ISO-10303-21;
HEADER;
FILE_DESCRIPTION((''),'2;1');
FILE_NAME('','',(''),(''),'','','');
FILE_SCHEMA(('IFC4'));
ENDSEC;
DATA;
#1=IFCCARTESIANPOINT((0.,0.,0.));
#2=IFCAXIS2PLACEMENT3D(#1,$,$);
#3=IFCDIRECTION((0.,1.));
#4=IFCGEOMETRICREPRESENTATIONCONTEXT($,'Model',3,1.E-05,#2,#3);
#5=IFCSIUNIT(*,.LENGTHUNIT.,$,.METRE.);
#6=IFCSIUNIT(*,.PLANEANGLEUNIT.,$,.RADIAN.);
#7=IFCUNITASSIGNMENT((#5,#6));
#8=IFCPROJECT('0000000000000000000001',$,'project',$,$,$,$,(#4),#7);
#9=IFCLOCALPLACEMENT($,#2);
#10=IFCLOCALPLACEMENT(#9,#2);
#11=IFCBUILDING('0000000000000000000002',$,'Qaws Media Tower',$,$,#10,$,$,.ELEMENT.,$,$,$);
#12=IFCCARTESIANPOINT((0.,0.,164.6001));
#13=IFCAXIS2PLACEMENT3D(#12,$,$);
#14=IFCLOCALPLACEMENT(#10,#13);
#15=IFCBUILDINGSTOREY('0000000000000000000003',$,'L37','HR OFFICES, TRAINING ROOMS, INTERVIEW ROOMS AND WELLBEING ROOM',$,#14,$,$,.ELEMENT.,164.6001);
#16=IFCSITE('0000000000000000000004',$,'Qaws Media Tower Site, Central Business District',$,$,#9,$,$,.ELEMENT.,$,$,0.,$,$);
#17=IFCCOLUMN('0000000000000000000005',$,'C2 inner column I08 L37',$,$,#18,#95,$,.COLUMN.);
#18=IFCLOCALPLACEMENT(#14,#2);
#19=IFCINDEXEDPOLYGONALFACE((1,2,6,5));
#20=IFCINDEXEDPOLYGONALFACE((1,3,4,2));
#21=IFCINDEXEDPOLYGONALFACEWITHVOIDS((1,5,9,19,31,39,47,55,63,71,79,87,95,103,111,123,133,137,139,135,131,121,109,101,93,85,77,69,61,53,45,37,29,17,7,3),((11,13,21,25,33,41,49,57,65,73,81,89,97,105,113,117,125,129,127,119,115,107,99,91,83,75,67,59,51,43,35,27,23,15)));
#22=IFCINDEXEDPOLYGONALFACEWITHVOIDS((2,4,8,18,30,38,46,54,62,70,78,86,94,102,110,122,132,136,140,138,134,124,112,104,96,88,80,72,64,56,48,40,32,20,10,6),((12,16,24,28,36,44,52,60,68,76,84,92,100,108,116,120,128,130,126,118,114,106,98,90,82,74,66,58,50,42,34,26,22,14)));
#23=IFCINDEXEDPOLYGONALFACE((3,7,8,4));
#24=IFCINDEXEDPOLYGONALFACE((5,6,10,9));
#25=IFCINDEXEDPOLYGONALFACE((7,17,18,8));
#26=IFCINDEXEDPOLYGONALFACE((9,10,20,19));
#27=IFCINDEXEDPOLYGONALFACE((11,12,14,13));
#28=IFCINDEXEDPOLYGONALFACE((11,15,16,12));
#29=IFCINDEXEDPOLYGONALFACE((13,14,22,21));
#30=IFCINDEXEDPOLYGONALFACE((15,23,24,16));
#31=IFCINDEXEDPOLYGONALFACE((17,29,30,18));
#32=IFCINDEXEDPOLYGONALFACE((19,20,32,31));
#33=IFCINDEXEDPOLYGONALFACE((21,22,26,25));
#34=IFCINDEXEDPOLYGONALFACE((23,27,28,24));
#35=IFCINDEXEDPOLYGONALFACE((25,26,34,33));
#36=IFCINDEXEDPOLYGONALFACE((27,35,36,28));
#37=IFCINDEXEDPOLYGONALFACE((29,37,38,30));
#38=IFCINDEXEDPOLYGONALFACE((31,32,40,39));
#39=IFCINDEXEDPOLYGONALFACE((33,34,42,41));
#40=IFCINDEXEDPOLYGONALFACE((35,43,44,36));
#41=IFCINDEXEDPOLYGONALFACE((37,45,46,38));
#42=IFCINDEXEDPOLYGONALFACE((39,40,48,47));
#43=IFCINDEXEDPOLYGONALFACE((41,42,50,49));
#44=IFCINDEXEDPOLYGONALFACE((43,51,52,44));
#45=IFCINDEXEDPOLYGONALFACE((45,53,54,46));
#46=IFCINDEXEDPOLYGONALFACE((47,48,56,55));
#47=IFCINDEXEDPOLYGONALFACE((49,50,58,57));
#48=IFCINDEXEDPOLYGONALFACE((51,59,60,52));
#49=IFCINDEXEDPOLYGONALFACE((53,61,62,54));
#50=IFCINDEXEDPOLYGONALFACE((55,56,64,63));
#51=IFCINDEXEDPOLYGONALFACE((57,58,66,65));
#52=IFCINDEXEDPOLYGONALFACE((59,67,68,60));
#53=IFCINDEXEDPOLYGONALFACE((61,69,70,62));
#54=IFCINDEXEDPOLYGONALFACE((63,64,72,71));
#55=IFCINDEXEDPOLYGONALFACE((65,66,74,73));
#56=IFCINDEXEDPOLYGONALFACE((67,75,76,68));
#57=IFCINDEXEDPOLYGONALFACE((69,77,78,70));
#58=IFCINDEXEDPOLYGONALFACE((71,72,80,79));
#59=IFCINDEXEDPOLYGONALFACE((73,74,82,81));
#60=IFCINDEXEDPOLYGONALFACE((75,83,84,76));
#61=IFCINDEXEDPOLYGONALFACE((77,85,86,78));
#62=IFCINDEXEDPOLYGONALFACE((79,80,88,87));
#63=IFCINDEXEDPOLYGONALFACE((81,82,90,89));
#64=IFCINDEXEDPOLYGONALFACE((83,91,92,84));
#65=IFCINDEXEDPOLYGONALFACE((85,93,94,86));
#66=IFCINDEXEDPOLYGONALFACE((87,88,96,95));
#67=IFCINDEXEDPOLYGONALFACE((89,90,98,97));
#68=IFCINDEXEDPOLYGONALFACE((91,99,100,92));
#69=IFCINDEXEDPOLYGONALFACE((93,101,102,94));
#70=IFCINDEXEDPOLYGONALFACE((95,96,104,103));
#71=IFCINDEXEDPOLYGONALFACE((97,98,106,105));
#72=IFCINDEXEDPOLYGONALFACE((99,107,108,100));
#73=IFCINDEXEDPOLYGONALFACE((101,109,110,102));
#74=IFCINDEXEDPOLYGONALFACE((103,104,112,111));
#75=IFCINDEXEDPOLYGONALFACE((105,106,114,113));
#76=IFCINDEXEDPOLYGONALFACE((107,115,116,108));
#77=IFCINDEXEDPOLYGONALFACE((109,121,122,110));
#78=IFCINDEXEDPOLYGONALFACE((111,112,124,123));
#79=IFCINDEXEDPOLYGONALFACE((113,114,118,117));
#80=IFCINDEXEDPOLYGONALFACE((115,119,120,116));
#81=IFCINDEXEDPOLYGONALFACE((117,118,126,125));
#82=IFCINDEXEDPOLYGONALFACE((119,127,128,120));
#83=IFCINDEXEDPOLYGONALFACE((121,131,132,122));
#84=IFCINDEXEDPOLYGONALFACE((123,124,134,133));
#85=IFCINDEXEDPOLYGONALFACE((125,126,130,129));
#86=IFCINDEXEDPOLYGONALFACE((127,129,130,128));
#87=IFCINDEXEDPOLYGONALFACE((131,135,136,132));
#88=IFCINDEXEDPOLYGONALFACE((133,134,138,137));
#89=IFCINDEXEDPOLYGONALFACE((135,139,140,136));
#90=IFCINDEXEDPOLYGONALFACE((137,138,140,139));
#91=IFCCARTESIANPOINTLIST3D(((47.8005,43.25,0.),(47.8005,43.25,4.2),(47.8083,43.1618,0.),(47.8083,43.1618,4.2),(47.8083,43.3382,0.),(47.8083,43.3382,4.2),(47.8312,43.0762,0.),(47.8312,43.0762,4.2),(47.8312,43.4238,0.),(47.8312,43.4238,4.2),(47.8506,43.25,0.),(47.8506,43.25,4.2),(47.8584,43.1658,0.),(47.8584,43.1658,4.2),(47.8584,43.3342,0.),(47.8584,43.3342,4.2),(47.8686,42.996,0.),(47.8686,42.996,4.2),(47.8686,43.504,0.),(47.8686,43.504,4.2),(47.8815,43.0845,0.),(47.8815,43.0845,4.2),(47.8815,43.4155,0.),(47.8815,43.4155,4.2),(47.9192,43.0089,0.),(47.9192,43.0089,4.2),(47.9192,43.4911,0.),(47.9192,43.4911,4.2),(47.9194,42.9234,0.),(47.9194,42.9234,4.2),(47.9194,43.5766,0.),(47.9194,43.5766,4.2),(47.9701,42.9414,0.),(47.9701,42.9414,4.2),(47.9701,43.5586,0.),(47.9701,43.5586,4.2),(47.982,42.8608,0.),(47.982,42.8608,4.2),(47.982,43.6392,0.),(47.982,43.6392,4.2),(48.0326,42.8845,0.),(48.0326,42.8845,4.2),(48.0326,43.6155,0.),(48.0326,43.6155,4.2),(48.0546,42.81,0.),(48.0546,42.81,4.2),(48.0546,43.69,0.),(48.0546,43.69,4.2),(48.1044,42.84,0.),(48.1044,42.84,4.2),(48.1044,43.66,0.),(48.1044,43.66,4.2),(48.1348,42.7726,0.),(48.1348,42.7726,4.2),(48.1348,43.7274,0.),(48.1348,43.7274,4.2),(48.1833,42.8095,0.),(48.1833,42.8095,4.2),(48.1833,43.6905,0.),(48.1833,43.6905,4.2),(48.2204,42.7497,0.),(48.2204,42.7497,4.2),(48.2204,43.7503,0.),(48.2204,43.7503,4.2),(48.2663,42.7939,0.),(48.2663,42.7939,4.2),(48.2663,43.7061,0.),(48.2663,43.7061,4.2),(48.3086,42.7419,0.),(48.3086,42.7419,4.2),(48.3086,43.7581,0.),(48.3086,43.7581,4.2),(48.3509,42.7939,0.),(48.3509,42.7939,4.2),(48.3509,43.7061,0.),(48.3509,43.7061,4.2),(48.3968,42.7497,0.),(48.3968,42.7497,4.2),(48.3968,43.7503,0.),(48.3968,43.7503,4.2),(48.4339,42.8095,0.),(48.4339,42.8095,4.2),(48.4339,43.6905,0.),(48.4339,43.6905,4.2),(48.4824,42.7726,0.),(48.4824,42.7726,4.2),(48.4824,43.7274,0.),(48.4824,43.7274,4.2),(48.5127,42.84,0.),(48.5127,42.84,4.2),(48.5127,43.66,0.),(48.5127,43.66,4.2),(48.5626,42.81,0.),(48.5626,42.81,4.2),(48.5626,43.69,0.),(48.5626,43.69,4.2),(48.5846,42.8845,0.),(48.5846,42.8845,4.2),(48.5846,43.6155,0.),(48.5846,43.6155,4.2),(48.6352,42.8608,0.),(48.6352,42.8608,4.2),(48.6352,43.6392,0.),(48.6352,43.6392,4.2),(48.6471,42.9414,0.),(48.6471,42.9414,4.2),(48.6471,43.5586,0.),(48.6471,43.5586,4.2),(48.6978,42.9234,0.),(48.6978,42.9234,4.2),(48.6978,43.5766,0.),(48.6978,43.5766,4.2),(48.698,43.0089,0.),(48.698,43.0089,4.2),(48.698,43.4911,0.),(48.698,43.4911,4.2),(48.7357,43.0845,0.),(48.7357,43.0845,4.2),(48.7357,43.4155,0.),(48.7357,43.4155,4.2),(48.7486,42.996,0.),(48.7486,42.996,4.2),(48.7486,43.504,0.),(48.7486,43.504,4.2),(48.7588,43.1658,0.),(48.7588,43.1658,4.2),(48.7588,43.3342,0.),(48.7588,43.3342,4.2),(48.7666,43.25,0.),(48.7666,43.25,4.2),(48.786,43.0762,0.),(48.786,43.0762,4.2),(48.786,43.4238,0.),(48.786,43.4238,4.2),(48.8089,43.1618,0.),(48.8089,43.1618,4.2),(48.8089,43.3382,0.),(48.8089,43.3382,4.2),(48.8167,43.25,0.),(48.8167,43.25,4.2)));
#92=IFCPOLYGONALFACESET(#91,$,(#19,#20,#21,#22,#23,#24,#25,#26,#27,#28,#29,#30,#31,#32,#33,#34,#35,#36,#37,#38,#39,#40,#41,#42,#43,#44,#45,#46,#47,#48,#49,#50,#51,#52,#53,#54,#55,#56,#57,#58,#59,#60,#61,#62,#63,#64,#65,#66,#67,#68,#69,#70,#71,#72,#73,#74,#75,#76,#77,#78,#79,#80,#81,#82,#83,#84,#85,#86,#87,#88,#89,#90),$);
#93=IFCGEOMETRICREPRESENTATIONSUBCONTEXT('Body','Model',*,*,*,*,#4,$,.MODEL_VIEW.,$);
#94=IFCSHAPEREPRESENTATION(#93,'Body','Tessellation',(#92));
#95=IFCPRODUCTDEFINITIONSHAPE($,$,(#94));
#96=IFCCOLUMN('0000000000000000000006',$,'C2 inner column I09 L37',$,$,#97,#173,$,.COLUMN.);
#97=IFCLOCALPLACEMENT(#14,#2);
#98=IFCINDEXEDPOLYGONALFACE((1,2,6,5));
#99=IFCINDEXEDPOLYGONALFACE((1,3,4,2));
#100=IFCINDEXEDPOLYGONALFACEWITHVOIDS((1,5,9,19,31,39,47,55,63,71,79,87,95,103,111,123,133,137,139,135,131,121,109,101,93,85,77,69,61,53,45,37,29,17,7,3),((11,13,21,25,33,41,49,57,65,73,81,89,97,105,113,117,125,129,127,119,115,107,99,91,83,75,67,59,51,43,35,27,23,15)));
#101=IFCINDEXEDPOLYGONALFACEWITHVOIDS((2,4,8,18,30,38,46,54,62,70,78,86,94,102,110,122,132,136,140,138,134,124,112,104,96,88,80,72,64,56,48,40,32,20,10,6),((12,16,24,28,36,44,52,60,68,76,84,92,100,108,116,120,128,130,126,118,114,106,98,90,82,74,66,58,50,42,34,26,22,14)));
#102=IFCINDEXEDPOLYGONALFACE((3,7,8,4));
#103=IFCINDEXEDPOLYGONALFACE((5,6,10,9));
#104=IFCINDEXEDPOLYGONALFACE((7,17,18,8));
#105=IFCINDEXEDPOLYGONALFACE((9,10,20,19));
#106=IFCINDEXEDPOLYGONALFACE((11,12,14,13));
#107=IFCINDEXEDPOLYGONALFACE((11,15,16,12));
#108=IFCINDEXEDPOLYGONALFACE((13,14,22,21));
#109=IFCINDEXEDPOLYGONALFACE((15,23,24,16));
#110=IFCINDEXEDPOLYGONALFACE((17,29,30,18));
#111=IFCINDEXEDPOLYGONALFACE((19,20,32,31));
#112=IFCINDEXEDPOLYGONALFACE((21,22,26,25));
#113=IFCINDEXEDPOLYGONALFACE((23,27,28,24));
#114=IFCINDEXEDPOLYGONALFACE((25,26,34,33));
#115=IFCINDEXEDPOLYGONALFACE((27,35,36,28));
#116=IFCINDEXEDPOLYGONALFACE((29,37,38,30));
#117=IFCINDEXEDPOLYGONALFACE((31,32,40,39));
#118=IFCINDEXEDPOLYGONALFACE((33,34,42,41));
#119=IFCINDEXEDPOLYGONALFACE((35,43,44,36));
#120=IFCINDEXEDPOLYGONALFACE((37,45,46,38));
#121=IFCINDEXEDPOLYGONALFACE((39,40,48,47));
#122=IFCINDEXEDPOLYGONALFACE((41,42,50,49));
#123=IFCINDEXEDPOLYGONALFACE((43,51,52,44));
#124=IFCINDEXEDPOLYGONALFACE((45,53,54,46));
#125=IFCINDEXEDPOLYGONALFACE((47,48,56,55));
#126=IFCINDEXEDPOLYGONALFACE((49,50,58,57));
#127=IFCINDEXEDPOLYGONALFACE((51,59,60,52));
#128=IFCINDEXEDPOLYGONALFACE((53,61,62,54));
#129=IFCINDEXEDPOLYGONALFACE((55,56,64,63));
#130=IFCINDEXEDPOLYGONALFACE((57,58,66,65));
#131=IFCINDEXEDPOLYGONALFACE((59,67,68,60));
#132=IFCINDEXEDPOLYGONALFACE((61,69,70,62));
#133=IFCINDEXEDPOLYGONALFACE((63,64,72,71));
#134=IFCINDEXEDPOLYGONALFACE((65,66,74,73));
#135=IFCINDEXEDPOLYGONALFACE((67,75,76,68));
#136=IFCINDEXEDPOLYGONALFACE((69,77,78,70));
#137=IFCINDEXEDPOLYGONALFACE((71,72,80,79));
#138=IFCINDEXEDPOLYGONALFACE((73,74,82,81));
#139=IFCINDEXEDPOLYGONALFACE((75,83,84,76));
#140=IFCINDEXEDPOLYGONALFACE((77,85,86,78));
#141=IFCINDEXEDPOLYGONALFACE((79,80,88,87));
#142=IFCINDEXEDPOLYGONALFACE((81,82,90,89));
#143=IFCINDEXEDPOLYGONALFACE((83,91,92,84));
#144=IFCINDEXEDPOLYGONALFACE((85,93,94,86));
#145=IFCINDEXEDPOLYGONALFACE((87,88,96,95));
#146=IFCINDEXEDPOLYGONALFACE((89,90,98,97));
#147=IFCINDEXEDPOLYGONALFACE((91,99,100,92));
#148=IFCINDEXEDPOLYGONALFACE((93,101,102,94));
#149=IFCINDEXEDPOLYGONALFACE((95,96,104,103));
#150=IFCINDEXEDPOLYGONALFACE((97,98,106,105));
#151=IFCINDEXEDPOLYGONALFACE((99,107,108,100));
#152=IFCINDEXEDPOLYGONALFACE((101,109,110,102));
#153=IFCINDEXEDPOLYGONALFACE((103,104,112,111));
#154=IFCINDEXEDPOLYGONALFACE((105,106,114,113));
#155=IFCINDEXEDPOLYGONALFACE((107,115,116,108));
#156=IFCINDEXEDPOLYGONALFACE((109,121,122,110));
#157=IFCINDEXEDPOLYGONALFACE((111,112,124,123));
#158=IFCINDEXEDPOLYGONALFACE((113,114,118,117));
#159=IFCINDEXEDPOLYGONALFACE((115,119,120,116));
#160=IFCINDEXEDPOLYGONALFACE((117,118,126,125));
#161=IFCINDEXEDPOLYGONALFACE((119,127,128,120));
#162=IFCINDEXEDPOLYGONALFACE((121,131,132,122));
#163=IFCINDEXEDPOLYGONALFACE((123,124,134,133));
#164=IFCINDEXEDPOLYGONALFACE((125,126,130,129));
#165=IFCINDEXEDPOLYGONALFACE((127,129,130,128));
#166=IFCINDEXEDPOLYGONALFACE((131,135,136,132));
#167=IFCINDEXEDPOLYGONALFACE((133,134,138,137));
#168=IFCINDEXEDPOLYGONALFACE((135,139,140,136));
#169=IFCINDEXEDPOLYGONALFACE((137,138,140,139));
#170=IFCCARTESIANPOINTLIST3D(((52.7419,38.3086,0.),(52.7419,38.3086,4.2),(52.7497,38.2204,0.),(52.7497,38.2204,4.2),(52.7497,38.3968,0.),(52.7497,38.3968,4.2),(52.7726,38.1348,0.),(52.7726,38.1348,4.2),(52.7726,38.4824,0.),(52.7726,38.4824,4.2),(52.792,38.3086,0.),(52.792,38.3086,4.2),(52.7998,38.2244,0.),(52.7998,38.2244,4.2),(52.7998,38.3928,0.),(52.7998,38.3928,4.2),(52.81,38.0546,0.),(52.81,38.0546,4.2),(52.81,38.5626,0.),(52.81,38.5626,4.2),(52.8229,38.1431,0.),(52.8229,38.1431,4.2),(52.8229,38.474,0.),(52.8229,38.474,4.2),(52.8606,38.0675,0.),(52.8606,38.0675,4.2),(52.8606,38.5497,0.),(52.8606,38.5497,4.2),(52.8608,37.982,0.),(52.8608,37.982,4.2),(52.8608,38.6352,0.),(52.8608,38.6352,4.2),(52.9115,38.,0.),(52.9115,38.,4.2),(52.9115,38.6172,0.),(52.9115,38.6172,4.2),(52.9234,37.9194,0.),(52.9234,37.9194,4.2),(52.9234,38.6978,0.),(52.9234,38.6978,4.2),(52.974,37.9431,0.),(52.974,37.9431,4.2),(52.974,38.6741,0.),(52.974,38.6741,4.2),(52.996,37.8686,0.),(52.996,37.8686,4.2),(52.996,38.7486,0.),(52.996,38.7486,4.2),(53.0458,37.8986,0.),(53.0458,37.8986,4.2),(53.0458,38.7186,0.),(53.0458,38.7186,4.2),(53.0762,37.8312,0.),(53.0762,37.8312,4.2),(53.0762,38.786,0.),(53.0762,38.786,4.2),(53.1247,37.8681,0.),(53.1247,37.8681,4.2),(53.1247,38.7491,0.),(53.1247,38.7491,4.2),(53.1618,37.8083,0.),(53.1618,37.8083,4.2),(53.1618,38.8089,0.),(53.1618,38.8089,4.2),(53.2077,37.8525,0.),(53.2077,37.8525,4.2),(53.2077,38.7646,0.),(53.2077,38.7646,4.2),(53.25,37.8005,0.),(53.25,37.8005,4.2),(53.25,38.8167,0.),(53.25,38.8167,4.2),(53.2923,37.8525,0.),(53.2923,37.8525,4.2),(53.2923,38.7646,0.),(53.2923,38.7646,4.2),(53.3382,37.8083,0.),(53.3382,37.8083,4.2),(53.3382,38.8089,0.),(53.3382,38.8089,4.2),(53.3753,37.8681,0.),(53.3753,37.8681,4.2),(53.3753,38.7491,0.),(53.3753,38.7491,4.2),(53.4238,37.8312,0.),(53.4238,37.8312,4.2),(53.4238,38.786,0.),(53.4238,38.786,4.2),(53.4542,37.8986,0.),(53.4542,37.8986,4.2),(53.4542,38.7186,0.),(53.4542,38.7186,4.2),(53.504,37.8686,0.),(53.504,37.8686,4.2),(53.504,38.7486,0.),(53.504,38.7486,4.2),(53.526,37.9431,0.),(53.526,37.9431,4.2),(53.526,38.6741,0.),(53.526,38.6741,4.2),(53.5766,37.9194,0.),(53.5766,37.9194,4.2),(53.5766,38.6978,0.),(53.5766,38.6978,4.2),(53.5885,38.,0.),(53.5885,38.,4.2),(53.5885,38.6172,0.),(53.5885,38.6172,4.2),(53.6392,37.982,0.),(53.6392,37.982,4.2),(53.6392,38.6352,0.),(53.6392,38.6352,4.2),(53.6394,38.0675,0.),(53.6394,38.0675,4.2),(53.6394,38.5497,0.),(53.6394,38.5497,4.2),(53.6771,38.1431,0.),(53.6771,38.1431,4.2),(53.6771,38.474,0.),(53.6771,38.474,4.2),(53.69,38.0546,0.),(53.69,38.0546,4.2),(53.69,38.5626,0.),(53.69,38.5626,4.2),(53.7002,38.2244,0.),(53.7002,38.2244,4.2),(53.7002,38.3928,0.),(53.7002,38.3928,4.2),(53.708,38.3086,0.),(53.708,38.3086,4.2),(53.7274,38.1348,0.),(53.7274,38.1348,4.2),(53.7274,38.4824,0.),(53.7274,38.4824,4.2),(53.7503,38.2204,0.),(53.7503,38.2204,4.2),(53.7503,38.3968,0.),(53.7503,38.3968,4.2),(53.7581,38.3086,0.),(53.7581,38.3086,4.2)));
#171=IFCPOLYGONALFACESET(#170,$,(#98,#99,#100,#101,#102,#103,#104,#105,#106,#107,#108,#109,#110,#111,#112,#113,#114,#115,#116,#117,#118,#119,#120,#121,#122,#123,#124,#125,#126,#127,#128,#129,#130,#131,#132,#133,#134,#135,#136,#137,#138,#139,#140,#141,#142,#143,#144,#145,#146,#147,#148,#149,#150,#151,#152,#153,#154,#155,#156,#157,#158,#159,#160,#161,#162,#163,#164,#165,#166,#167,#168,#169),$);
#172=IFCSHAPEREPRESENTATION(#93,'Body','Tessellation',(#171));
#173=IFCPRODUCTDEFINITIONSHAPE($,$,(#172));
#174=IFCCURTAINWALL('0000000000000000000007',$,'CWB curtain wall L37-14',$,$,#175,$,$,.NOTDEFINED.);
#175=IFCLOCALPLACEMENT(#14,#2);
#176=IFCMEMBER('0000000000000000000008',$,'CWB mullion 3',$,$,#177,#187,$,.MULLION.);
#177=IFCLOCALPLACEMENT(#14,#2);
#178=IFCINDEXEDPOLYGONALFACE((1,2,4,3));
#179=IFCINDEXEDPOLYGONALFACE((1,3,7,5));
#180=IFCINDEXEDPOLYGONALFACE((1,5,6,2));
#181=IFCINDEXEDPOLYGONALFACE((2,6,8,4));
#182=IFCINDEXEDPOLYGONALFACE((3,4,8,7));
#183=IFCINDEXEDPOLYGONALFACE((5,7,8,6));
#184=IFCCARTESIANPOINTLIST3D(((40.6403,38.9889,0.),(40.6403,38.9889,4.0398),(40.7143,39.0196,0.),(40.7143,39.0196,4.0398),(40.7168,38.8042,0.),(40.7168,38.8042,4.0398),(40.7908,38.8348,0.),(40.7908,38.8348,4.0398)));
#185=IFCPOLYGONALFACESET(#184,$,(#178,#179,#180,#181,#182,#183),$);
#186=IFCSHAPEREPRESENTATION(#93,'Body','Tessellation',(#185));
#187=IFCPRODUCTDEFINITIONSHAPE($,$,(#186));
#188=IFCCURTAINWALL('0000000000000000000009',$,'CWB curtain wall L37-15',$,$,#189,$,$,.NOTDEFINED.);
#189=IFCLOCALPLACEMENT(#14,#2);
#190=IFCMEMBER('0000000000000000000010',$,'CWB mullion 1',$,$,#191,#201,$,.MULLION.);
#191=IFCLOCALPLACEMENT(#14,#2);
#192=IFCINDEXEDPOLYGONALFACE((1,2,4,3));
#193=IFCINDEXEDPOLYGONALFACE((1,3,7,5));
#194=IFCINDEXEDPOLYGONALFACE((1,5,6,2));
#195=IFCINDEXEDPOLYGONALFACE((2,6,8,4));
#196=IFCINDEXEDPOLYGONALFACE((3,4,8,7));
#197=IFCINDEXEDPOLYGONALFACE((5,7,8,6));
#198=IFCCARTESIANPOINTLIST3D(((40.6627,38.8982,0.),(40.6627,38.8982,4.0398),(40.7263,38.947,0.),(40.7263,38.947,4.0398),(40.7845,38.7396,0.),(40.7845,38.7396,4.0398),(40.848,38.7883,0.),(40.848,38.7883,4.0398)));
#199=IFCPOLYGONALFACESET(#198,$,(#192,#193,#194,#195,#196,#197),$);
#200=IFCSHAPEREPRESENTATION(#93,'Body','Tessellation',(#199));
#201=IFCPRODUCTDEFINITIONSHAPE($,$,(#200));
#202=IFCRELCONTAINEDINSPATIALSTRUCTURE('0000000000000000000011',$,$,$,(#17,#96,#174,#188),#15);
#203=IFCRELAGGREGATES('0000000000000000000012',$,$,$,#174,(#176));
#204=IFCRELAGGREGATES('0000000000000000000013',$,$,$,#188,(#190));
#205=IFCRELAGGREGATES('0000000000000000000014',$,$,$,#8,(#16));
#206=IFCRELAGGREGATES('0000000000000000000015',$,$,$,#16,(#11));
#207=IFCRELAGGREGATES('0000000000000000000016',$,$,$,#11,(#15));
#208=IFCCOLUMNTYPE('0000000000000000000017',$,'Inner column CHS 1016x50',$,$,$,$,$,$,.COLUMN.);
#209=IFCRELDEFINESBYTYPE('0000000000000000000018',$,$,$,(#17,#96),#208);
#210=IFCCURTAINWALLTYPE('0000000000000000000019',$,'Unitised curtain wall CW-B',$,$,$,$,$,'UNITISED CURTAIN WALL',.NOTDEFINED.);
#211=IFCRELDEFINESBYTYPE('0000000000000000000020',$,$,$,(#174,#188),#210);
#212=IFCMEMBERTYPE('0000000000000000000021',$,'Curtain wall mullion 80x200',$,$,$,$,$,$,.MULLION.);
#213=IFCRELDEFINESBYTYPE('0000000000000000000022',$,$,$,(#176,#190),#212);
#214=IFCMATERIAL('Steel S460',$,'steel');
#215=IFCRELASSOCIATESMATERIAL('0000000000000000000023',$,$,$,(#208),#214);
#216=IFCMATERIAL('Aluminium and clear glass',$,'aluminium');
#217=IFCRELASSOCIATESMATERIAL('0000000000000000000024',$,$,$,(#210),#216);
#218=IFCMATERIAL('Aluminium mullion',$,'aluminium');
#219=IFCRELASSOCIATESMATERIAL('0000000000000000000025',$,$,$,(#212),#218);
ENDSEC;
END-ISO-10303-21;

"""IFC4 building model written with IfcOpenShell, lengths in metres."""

from ifc_helpers import new_model, si_unit, direction, frame, origin, origin_2d, place, context, subcontext, project, spatial, rectangle, hollow_circle, extrude, material, material_profile, profile_set, type_object, element, aggregate, save


model = new_model("IFC4")

# Units and contexts
model_context = context("Model", 3, precision=1e-05, world=origin(), true_north=direction((0.0, 1.0)))
body_context = subcontext(model_context, "Body", "Model", "MODEL_VIEW")
ifc_project = project(units=[si_unit("LENGTHUNIT", "METRE"), si_unit("PLANEANGLEUNIT", "RADIAN")], contexts=[model_context])

# Site, building, storey
site_placement = place(None, origin())
site = spatial("IfcSite", under=ifc_project, at=site_placement, Name="Qaws Media Tower Site, Central Business District", CompositionType="ELEMENT", RefElevation=0.0)
building_placement = place(site_placement, origin())
building = spatial("IfcBuilding", under=site, at=building_placement, Name="Qaws Media Tower", CompositionType="ELEMENT")
storey_placement = place(building_placement, frame((0.0, 0.0, 164.6001)))
storey = spatial("IfcBuildingStorey", under=building, at=storey_placement, Name="L37", Description="HR OFFICES, TRAINING ROOMS, INTERVIEW ROOMS AND WELLBEING ROOM", CompositionType="ELEMENT", Elevation=164.6001)

# Columns
ifc_material_1 = material(Name="Steel S460", Category="steel")
ifc_material_profile_1 = material_profile(ifc_material_1, hollow_circle(Radius=0.5081, WallThickness=0.05, at=origin_2d()), Name="CHS 1016x50")
ifc_profile_set_1 = profile_set([ifc_material_profile_1], Name="Steel S460")
column_type = type_object("IfcColumnType", Name="Inner column CHS 1016x50", PredefinedType="COLUMN", material=ifc_profile_set_1)
for number, where, z_axis, x_axis, name in (
    (1, (48.3086, 43.25, 0.0), (0.0, 0.0, 1.0), (1.0, 0.0, 0.0), "C2 inner column I08 L37"),
    (2, (53.25, 38.3086, 0.0), (0.0, 0.0, 1.0), (1.0, 0.0, 0.0), "C2 inner column I09 L37"),
):
    element("IfcColumn", number, at=place(storey_placement, frame(where, z_axis=z_axis, x_axis=x_axis)), inside=storey, type_object=column_type, Name=name, PredefinedType="COLUMN", context=body_context, shape_type="SweptSolid", body=[
        extrude(hollow_circle(Radius=0.5081, WallThickness=0.05, at=origin_2d()), origin(), (0.0, 0.0, 1.0), 4.2),
    ])

# Curtain wall, member
ifc_material_2 = material(Name="Aluminium and clear glass", Category="aluminium")
curtain_wall_type = type_object("IfcCurtainWallType", Name="Unitised curtain wall CW-B", ElementType="UNITISED CURTAIN WALL", PredefinedType="NOTDEFINED", material=ifc_material_2)
curtain_wall_1_placement = place(storey_placement, origin())
curtain_wall_1 = element("IfcCurtainWall", 3, at=curtain_wall_1_placement, inside=storey, type_object=curtain_wall_type, Name="CWB curtain wall L37-14", PredefinedType="NOTDEFINED")
ifc_material_3 = material(Name="Aluminium mullion", Category="aluminium")
ifc_material_profile_2 = material_profile(ifc_material_3, rectangle(XDim=0.0801, YDim=0.2, at=origin_2d()), Name="80x200")
ifc_profile_set_2 = profile_set([ifc_material_profile_2], Name="Aluminium mullion")
member_type_1 = type_object("IfcMemberType", Name="Curtain wall mullion 80x200", PredefinedType="MULLION", material=ifc_profile_set_2)
member_1_placement = place(storey_placement, frame((40.7156, 38.9119, 0.0), z_axis=(0.0, 0.0, 1.0), x_axis=(0.923879, 0.382684, 0.0)))
member_1 = element("IfcMember", 4, at=member_1_placement, type_object=member_type_1, Name="CWB mullion 3", PredefinedType="MULLION", context=body_context, shape_type="SweptSolid", body=[
    extrude(rectangle(XDim=0.0801, YDim=0.2, at=origin_2d()), origin(), (0.0, 0.0, 1.0), 4.0398),
])
aggregate(curtain_wall_1, [member_1])

# Curtain wall, member
curtain_wall_2_placement = place(storey_placement, origin())
curtain_wall_2 = element("IfcCurtainWall", 5, at=curtain_wall_2_placement, inside=storey, type_object=curtain_wall_type, Name="CWB curtain wall L37-15", PredefinedType="NOTDEFINED")
member_2_placement = place(storey_placement, frame((40.7554, 38.8433, 0.0), z_axis=(0.0, 0.0, 1.0), x_axis=(0.793353, 0.608761, 0.0)))
member_2 = element("IfcMember", 6, at=member_2_placement, type_object=member_type_1, Name="CWB mullion 1", PredefinedType="MULLION", context=body_context, shape_type="SweptSolid", body=[
    extrude(rectangle(XDim=0.0801, YDim=0.2, at=origin_2d()), origin(), (0.0, 0.0, 1.0), 4.0398),
])

aggregate(curtain_wall_2, [member_2])

save(model, "model.ifc")
